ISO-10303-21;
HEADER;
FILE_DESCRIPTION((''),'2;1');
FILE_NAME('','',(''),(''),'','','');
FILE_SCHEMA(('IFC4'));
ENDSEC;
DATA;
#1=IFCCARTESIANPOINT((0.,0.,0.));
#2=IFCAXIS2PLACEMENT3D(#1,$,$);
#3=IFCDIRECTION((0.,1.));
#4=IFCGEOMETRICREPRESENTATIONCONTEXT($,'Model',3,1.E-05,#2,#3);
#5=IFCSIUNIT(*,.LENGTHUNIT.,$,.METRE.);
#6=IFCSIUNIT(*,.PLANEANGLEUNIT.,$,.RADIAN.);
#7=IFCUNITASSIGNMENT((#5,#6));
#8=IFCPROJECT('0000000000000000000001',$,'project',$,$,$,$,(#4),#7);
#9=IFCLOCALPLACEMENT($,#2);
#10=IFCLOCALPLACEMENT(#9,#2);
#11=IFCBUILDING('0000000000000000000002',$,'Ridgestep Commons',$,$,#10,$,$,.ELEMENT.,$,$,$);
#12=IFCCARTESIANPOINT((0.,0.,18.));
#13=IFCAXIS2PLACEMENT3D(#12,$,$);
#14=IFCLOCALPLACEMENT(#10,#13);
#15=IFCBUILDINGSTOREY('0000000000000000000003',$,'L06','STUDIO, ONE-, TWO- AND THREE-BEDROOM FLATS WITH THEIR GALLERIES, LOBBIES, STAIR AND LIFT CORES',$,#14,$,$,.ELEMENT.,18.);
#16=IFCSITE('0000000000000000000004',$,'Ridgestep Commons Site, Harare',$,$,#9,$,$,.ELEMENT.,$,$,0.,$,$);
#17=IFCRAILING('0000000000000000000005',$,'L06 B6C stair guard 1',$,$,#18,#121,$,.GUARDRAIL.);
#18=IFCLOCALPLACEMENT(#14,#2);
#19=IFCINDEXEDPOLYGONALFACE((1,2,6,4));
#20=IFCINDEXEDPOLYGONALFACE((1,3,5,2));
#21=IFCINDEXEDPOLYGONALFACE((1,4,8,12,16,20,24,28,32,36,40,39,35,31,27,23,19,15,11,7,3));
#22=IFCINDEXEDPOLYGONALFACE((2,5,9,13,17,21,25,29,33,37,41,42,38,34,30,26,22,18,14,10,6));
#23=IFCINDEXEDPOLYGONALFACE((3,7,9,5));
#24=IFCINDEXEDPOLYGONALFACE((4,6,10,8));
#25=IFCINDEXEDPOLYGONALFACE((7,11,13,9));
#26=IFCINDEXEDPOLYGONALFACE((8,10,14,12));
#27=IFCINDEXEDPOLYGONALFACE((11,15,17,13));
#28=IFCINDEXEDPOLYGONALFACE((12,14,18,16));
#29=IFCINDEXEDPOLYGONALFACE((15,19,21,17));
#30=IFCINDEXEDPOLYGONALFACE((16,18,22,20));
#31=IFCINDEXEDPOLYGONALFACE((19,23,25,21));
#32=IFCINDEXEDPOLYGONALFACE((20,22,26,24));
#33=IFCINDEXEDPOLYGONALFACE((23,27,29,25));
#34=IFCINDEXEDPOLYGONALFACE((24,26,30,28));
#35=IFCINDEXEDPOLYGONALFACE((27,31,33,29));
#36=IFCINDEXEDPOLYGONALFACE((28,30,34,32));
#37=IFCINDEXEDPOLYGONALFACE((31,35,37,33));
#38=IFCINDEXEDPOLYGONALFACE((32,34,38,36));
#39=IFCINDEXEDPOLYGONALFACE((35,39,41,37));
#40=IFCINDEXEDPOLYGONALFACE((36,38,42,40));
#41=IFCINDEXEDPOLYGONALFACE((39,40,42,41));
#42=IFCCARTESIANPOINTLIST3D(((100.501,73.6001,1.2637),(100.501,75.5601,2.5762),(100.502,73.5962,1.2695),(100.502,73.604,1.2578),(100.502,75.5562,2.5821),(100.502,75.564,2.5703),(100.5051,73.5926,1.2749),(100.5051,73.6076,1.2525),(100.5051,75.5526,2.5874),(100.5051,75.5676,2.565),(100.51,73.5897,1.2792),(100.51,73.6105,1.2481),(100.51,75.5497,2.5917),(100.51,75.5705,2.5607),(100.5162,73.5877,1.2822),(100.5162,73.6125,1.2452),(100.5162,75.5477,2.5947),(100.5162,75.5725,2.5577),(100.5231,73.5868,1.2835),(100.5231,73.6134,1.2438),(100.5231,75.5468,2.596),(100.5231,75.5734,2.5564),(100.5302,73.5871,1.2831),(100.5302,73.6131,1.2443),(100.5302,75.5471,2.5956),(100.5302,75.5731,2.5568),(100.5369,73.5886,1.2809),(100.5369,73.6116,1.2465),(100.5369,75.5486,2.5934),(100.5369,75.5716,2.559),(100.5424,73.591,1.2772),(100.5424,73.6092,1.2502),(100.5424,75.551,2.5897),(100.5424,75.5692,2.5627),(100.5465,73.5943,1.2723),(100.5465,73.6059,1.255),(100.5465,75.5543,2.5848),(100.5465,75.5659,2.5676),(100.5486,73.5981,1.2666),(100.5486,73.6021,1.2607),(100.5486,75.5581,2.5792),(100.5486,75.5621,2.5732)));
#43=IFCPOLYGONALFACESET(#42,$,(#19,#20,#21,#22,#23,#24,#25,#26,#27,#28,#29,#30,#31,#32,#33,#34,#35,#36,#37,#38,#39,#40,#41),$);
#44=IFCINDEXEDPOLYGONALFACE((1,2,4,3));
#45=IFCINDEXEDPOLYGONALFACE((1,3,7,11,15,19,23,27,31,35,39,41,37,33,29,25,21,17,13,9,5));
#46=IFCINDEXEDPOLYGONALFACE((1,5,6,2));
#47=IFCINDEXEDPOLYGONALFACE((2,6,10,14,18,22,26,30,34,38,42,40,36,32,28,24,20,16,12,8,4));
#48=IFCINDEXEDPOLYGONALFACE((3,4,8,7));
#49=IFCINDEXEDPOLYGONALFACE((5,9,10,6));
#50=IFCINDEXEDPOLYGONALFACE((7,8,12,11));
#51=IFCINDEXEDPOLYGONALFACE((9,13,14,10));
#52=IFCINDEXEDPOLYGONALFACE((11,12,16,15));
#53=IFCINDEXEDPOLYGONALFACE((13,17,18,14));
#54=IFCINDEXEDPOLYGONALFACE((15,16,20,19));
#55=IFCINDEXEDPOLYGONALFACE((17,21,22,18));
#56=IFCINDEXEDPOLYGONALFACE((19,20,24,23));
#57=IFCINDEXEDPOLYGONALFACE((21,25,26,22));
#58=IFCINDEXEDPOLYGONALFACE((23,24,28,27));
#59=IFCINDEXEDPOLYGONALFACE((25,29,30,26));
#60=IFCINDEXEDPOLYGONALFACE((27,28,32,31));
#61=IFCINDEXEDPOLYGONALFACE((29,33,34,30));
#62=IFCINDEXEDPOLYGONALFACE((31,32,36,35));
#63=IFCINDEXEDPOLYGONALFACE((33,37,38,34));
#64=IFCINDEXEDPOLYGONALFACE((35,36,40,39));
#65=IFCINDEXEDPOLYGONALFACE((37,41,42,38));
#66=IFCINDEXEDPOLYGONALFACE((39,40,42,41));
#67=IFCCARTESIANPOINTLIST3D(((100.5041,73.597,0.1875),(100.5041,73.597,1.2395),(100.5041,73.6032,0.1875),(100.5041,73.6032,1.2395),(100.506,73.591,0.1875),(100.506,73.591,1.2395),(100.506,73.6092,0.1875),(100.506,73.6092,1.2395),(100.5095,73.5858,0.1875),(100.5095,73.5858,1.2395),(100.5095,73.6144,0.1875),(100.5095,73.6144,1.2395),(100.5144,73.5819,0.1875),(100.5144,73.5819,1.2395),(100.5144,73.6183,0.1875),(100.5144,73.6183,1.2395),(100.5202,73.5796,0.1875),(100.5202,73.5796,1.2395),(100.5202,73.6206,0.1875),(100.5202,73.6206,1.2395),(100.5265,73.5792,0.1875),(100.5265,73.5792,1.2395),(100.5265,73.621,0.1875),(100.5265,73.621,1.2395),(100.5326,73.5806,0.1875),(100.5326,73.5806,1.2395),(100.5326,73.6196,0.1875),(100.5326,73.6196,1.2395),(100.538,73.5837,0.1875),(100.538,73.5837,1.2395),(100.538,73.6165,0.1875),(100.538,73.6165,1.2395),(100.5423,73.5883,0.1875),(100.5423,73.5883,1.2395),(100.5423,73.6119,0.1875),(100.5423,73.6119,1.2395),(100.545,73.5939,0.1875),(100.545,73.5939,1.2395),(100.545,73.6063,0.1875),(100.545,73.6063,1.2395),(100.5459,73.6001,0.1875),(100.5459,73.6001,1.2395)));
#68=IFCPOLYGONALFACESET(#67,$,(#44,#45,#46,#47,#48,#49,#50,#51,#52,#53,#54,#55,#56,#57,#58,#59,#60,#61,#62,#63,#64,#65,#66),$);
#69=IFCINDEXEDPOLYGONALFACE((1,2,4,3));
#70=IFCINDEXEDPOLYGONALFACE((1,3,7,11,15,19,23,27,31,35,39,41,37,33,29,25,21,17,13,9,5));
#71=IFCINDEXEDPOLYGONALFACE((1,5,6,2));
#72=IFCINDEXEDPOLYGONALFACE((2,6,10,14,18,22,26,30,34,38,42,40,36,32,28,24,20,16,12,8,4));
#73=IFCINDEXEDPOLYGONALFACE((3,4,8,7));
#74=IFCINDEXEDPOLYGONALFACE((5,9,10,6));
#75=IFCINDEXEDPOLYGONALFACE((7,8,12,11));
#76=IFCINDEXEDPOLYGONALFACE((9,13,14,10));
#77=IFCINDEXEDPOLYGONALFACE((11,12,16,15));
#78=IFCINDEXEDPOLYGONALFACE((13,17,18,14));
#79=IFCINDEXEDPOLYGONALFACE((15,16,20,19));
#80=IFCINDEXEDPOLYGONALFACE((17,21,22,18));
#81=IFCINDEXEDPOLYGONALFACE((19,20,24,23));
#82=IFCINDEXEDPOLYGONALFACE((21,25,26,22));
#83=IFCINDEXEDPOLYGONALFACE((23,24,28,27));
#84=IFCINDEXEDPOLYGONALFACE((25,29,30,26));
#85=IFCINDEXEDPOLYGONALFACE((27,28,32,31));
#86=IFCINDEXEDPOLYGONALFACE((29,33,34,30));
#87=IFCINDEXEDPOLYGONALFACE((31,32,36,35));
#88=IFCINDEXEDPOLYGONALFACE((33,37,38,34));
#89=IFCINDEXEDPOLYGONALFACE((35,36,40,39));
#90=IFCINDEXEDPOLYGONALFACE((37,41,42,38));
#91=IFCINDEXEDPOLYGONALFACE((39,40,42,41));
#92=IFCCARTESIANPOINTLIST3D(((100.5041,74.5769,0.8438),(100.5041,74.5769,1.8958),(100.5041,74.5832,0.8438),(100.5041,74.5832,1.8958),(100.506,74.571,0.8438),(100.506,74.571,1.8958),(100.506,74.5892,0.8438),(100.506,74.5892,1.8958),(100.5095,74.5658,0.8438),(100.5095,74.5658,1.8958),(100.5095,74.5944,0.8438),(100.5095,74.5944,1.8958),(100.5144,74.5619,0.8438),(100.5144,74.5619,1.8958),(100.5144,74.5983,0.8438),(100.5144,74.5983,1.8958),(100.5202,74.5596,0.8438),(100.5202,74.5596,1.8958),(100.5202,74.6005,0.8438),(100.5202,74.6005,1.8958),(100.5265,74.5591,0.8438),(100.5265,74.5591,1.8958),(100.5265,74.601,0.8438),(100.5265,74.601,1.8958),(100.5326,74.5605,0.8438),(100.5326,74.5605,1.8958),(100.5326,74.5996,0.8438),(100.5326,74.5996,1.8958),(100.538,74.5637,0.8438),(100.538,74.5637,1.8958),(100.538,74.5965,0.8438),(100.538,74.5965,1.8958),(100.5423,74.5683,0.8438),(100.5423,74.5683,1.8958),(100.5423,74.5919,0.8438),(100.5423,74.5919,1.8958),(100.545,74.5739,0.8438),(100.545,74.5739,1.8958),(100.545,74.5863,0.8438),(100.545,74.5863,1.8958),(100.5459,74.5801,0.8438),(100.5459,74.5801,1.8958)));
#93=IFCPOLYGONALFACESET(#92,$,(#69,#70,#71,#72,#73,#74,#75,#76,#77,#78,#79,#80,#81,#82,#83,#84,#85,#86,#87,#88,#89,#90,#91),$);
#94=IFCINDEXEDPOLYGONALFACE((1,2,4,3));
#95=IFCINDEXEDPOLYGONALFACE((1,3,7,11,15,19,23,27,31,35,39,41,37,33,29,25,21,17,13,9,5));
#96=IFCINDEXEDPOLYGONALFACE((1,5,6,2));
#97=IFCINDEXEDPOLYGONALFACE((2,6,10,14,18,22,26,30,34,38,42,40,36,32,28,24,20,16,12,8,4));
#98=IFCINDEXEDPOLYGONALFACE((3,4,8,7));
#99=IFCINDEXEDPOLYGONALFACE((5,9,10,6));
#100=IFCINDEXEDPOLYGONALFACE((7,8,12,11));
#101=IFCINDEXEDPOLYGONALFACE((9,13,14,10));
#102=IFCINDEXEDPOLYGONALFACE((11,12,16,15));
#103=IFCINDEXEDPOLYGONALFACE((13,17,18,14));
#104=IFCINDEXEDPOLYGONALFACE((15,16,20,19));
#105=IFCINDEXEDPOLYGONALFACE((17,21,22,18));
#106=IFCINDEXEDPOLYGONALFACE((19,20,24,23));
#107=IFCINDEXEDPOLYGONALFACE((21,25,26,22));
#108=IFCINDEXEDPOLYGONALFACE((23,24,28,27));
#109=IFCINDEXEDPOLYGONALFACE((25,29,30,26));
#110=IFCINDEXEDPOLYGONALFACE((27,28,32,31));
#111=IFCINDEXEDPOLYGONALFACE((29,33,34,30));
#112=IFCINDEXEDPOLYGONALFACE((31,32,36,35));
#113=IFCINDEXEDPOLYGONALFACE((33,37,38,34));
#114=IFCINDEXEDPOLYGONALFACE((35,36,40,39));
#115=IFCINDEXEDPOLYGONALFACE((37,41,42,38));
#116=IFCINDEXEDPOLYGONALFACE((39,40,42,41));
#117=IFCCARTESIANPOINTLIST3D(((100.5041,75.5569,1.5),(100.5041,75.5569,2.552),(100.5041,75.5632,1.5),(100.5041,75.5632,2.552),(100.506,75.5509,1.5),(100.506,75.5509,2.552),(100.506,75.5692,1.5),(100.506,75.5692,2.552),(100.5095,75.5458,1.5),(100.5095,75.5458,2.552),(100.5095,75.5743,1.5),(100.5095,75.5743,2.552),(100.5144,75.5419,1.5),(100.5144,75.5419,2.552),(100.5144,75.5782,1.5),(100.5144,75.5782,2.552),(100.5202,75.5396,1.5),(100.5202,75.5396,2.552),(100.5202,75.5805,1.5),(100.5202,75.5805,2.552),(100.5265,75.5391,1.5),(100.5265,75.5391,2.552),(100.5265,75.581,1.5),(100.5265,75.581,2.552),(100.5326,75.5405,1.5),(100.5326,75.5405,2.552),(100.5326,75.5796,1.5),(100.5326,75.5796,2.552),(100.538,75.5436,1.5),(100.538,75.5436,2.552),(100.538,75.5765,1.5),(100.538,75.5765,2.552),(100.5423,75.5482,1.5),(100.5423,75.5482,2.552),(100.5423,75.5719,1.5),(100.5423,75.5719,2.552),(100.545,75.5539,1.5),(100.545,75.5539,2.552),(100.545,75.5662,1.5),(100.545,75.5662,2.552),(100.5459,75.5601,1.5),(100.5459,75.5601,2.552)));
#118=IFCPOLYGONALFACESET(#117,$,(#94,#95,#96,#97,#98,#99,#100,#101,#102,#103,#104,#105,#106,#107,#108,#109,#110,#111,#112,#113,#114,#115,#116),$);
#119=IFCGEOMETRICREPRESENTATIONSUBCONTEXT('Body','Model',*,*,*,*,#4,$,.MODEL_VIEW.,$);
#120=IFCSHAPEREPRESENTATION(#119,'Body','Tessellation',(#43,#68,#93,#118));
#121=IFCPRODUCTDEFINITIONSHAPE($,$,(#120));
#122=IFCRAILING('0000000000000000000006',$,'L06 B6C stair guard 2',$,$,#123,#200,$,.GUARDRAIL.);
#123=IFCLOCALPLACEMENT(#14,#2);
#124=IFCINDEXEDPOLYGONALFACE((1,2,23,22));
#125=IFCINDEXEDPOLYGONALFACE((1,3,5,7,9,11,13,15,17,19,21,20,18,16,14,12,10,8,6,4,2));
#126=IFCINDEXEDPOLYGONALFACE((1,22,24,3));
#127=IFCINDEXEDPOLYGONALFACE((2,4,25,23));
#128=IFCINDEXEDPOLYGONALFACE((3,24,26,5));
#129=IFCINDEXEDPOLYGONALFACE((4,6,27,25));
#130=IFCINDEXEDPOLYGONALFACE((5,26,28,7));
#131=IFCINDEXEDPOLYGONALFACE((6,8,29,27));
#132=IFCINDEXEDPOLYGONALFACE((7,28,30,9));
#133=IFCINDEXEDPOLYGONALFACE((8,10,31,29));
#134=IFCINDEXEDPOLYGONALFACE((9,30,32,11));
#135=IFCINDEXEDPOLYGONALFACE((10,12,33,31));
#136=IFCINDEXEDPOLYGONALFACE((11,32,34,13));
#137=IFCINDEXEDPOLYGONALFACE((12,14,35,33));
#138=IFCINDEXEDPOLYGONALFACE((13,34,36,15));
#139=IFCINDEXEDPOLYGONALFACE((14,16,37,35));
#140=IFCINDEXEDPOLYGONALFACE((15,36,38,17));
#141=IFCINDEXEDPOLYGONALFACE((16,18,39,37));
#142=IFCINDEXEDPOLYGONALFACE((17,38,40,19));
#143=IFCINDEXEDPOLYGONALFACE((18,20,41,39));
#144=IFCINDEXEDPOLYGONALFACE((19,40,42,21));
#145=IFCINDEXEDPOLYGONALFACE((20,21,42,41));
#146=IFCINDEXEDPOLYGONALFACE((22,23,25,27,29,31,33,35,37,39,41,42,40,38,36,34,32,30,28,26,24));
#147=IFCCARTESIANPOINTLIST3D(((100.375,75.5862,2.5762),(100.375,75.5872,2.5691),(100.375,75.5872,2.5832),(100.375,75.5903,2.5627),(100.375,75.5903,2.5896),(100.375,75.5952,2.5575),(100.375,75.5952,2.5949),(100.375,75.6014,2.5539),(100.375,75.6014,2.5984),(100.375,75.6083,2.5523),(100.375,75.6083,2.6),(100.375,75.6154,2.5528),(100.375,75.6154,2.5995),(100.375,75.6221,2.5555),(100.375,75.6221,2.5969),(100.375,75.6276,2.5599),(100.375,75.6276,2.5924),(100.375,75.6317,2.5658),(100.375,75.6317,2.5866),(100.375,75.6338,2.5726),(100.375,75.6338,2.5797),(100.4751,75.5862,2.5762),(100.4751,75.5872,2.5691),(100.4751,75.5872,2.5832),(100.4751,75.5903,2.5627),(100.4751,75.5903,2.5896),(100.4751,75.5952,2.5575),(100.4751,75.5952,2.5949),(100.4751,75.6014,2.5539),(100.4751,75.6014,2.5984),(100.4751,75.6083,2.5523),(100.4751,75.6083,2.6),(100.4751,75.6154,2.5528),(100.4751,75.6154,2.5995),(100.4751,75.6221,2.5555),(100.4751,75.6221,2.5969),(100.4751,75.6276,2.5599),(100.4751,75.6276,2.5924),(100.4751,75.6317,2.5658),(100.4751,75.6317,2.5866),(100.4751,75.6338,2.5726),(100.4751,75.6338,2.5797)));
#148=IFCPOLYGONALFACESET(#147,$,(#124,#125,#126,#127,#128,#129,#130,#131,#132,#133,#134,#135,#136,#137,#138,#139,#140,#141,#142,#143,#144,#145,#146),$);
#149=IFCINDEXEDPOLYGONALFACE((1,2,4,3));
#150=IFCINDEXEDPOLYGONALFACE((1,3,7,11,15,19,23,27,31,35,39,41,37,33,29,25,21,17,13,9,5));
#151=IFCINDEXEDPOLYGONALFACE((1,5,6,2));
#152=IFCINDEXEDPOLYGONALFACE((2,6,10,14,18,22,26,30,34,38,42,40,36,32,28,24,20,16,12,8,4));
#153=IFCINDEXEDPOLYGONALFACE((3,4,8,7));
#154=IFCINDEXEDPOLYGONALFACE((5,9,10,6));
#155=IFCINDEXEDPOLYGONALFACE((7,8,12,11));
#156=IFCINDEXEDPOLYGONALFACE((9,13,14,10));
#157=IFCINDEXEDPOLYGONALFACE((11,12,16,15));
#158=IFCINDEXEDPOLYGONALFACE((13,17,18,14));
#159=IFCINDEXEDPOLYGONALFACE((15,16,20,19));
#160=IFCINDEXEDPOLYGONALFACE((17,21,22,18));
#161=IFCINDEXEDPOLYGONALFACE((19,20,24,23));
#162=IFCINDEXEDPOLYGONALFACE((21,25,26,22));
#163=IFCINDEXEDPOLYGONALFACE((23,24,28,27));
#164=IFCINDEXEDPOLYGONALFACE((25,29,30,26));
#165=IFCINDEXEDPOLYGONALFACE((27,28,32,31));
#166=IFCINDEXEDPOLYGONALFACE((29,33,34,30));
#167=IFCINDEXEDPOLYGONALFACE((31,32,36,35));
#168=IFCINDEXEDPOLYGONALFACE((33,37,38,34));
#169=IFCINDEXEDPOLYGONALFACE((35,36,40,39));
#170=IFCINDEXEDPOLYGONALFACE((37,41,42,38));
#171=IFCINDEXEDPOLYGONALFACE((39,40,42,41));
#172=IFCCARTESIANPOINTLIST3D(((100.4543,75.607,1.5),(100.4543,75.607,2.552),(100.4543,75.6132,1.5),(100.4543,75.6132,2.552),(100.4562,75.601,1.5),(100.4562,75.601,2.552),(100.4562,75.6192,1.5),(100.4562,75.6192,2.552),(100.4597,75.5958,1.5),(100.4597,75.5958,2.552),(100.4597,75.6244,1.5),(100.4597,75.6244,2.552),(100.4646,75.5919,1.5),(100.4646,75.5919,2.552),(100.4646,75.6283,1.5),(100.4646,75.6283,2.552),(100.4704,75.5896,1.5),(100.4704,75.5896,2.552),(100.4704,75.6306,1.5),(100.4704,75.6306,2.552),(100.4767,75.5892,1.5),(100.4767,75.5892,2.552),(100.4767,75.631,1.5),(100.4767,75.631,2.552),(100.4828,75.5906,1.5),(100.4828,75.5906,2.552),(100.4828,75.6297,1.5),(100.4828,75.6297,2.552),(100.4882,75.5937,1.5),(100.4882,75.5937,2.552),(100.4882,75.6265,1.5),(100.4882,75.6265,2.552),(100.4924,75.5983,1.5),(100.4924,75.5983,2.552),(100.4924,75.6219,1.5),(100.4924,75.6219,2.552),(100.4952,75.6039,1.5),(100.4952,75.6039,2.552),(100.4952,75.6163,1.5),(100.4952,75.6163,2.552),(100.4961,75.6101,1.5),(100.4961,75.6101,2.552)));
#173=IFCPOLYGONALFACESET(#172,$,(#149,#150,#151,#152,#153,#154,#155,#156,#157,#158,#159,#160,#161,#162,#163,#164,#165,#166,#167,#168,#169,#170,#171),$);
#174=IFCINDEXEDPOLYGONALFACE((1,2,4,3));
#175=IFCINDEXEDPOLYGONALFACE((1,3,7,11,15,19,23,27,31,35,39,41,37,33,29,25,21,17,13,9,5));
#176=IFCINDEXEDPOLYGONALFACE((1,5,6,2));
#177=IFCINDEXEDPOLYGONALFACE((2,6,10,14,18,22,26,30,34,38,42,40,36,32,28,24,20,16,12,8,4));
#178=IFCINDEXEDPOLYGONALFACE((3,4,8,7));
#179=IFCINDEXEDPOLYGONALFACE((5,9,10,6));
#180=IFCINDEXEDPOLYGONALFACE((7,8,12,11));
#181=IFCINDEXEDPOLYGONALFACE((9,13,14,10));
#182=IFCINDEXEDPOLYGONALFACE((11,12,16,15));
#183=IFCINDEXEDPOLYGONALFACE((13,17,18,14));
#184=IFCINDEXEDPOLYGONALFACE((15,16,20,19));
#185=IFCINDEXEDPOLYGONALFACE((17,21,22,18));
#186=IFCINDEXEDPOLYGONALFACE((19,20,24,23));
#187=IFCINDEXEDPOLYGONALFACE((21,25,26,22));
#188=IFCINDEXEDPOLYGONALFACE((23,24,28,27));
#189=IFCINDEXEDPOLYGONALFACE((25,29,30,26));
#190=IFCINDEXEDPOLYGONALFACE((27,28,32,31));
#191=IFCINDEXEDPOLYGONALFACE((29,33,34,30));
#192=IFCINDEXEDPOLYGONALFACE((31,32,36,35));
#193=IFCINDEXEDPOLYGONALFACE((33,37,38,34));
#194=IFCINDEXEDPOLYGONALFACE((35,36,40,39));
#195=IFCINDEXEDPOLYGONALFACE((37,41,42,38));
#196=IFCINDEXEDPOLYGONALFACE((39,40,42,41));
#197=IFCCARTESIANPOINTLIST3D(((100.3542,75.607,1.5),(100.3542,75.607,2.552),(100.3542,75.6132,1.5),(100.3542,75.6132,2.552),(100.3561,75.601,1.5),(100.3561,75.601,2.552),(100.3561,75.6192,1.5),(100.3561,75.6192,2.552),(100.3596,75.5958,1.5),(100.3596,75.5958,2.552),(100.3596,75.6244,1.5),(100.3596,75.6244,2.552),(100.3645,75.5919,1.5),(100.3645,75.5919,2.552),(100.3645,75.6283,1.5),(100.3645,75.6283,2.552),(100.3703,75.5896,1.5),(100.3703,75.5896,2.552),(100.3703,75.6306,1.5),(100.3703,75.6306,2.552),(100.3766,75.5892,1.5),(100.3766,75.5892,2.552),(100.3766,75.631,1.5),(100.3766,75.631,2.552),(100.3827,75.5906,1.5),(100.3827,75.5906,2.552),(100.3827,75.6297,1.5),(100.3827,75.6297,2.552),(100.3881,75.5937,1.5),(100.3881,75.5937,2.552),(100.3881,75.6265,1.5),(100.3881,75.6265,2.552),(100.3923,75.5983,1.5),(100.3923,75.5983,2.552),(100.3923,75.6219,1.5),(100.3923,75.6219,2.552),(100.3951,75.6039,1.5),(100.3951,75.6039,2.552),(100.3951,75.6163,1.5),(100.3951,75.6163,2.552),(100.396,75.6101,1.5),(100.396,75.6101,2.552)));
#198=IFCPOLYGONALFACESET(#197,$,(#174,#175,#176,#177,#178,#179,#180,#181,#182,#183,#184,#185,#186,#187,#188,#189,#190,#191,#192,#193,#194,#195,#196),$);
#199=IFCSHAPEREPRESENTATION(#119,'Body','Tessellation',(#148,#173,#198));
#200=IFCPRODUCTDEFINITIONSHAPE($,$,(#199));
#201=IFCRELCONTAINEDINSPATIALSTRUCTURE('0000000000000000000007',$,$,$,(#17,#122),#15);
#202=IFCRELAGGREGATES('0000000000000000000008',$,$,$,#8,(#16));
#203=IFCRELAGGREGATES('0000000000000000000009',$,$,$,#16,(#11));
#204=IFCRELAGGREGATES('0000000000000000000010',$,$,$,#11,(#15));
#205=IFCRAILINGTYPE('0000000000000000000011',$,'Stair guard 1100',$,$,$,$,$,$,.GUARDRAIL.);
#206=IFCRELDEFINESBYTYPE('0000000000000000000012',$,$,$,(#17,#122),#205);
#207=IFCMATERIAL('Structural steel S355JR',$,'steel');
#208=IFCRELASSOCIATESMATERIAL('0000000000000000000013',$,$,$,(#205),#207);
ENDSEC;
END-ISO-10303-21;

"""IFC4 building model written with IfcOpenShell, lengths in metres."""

from ifc_helpers import new_model, si_unit, direction, frame, origin, origin_2d, place, context, subcontext, project, spatial, circle, extrude, material, type_object, element, save


model = new_model("IFC4")

# Units and contexts
model_context = context("Model", 3, precision=1e-05, world=origin(), true_north=direction((0.0, 1.0)))
body_context = subcontext(model_context, "Body", "Model", "MODEL_VIEW")
ifc_project = project(units=[si_unit("LENGTHUNIT", "METRE"), si_unit("PLANEANGLEUNIT", "RADIAN")], contexts=[model_context])

# Site, building, storey
site_placement = place(None, origin())
site = spatial("IfcSite", under=ifc_project, at=site_placement, Name="Ridgestep Commons Site, Harare", CompositionType="ELEMENT", RefElevation=0.0)
building_placement = place(site_placement, origin())
building = spatial("IfcBuilding", under=site, at=building_placement, Name="Ridgestep Commons", CompositionType="ELEMENT")
storey_placement = place(building_placement, frame((0.0, 0.0, 18.0)))
storey = spatial("IfcBuildingStorey", under=building, at=storey_placement, Name="L06", Description="STUDIO, ONE-, TWO- AND THREE-BEDROOM FLATS WITH THEIR GALLERIES, LOBBIES, STAIR AND LIFT CORES", CompositionType="ELEMENT", Elevation=18.0)

# Railings
ifc_material_1 = material(Name="Structural steel S355JR", Category="steel")
railing_type_1 = type_object("IfcRailingType", Name="Stair guard 1100", PredefinedType="GUARDRAIL", material=ifc_material_1)
railing_1_placement = place(storey_placement, frame((100.5249, 73.6001, 0.1875)))
element("IfcRailing", 1, at=railing_1_placement, inside=storey, type_object=railing_type_1, Name="L06 B6C stair guard 1", PredefinedType="GUARDRAIL", context=body_context, shape_type="SweptSolid", body=[
    extrude(circle(Radius=0.0239, at=origin_2d()), frame((0.0, 0.0, 1.0762), z_axis=(0.0, 0.830902, 0.556419), x_axis=(-1.0, 0.0, 0.0)), (0.0, 0.0, 1.0), 2.3589),
    extrude(circle(Radius=0.021, at=origin_2d()), origin(), (0.0, 0.0, 1.0), 1.052),
    extrude(circle(Radius=0.021, at=origin_2d()), frame((0.0, 0.98, 0.6562)), (0.0, 0.0, 1.0), 1.052),
    extrude(circle(Radius=0.021, at=origin_2d()), frame((0.0, 1.96, 1.3125)), (0.0, 0.0, 1.0), 1.052),
])
railing_2_placement = place(storey_placement, frame((100.4751, 75.6101, 1.5)))
element("IfcRailing", 2, at=railing_2_placement, inside=storey, type_object=railing_type_1, Name="L06 B6C stair guard 2", PredefinedType="GUARDRAIL", context=body_context, shape_type="SweptSolid", body=[
    extrude(circle(Radius=0.0239, at=origin_2d()), frame((0.0, 0.0, 1.0762), z_axis=(-1.0, 0.0, 0.0), x_axis=(0.0, -1.0, 0.0)), (0.0, 0.0, 1.0), 0.1001),
    extrude(circle(Radius=0.021, at=origin_2d()), origin(), (0.0, 0.0, 1.0), 1.052),
    extrude(circle(Radius=0.021, at=origin_2d()), frame((-0.1001, 0.0, 0.0)), (0.0, 0.0, 1.0), 1.052),
])

save(model, "model.ifc")
